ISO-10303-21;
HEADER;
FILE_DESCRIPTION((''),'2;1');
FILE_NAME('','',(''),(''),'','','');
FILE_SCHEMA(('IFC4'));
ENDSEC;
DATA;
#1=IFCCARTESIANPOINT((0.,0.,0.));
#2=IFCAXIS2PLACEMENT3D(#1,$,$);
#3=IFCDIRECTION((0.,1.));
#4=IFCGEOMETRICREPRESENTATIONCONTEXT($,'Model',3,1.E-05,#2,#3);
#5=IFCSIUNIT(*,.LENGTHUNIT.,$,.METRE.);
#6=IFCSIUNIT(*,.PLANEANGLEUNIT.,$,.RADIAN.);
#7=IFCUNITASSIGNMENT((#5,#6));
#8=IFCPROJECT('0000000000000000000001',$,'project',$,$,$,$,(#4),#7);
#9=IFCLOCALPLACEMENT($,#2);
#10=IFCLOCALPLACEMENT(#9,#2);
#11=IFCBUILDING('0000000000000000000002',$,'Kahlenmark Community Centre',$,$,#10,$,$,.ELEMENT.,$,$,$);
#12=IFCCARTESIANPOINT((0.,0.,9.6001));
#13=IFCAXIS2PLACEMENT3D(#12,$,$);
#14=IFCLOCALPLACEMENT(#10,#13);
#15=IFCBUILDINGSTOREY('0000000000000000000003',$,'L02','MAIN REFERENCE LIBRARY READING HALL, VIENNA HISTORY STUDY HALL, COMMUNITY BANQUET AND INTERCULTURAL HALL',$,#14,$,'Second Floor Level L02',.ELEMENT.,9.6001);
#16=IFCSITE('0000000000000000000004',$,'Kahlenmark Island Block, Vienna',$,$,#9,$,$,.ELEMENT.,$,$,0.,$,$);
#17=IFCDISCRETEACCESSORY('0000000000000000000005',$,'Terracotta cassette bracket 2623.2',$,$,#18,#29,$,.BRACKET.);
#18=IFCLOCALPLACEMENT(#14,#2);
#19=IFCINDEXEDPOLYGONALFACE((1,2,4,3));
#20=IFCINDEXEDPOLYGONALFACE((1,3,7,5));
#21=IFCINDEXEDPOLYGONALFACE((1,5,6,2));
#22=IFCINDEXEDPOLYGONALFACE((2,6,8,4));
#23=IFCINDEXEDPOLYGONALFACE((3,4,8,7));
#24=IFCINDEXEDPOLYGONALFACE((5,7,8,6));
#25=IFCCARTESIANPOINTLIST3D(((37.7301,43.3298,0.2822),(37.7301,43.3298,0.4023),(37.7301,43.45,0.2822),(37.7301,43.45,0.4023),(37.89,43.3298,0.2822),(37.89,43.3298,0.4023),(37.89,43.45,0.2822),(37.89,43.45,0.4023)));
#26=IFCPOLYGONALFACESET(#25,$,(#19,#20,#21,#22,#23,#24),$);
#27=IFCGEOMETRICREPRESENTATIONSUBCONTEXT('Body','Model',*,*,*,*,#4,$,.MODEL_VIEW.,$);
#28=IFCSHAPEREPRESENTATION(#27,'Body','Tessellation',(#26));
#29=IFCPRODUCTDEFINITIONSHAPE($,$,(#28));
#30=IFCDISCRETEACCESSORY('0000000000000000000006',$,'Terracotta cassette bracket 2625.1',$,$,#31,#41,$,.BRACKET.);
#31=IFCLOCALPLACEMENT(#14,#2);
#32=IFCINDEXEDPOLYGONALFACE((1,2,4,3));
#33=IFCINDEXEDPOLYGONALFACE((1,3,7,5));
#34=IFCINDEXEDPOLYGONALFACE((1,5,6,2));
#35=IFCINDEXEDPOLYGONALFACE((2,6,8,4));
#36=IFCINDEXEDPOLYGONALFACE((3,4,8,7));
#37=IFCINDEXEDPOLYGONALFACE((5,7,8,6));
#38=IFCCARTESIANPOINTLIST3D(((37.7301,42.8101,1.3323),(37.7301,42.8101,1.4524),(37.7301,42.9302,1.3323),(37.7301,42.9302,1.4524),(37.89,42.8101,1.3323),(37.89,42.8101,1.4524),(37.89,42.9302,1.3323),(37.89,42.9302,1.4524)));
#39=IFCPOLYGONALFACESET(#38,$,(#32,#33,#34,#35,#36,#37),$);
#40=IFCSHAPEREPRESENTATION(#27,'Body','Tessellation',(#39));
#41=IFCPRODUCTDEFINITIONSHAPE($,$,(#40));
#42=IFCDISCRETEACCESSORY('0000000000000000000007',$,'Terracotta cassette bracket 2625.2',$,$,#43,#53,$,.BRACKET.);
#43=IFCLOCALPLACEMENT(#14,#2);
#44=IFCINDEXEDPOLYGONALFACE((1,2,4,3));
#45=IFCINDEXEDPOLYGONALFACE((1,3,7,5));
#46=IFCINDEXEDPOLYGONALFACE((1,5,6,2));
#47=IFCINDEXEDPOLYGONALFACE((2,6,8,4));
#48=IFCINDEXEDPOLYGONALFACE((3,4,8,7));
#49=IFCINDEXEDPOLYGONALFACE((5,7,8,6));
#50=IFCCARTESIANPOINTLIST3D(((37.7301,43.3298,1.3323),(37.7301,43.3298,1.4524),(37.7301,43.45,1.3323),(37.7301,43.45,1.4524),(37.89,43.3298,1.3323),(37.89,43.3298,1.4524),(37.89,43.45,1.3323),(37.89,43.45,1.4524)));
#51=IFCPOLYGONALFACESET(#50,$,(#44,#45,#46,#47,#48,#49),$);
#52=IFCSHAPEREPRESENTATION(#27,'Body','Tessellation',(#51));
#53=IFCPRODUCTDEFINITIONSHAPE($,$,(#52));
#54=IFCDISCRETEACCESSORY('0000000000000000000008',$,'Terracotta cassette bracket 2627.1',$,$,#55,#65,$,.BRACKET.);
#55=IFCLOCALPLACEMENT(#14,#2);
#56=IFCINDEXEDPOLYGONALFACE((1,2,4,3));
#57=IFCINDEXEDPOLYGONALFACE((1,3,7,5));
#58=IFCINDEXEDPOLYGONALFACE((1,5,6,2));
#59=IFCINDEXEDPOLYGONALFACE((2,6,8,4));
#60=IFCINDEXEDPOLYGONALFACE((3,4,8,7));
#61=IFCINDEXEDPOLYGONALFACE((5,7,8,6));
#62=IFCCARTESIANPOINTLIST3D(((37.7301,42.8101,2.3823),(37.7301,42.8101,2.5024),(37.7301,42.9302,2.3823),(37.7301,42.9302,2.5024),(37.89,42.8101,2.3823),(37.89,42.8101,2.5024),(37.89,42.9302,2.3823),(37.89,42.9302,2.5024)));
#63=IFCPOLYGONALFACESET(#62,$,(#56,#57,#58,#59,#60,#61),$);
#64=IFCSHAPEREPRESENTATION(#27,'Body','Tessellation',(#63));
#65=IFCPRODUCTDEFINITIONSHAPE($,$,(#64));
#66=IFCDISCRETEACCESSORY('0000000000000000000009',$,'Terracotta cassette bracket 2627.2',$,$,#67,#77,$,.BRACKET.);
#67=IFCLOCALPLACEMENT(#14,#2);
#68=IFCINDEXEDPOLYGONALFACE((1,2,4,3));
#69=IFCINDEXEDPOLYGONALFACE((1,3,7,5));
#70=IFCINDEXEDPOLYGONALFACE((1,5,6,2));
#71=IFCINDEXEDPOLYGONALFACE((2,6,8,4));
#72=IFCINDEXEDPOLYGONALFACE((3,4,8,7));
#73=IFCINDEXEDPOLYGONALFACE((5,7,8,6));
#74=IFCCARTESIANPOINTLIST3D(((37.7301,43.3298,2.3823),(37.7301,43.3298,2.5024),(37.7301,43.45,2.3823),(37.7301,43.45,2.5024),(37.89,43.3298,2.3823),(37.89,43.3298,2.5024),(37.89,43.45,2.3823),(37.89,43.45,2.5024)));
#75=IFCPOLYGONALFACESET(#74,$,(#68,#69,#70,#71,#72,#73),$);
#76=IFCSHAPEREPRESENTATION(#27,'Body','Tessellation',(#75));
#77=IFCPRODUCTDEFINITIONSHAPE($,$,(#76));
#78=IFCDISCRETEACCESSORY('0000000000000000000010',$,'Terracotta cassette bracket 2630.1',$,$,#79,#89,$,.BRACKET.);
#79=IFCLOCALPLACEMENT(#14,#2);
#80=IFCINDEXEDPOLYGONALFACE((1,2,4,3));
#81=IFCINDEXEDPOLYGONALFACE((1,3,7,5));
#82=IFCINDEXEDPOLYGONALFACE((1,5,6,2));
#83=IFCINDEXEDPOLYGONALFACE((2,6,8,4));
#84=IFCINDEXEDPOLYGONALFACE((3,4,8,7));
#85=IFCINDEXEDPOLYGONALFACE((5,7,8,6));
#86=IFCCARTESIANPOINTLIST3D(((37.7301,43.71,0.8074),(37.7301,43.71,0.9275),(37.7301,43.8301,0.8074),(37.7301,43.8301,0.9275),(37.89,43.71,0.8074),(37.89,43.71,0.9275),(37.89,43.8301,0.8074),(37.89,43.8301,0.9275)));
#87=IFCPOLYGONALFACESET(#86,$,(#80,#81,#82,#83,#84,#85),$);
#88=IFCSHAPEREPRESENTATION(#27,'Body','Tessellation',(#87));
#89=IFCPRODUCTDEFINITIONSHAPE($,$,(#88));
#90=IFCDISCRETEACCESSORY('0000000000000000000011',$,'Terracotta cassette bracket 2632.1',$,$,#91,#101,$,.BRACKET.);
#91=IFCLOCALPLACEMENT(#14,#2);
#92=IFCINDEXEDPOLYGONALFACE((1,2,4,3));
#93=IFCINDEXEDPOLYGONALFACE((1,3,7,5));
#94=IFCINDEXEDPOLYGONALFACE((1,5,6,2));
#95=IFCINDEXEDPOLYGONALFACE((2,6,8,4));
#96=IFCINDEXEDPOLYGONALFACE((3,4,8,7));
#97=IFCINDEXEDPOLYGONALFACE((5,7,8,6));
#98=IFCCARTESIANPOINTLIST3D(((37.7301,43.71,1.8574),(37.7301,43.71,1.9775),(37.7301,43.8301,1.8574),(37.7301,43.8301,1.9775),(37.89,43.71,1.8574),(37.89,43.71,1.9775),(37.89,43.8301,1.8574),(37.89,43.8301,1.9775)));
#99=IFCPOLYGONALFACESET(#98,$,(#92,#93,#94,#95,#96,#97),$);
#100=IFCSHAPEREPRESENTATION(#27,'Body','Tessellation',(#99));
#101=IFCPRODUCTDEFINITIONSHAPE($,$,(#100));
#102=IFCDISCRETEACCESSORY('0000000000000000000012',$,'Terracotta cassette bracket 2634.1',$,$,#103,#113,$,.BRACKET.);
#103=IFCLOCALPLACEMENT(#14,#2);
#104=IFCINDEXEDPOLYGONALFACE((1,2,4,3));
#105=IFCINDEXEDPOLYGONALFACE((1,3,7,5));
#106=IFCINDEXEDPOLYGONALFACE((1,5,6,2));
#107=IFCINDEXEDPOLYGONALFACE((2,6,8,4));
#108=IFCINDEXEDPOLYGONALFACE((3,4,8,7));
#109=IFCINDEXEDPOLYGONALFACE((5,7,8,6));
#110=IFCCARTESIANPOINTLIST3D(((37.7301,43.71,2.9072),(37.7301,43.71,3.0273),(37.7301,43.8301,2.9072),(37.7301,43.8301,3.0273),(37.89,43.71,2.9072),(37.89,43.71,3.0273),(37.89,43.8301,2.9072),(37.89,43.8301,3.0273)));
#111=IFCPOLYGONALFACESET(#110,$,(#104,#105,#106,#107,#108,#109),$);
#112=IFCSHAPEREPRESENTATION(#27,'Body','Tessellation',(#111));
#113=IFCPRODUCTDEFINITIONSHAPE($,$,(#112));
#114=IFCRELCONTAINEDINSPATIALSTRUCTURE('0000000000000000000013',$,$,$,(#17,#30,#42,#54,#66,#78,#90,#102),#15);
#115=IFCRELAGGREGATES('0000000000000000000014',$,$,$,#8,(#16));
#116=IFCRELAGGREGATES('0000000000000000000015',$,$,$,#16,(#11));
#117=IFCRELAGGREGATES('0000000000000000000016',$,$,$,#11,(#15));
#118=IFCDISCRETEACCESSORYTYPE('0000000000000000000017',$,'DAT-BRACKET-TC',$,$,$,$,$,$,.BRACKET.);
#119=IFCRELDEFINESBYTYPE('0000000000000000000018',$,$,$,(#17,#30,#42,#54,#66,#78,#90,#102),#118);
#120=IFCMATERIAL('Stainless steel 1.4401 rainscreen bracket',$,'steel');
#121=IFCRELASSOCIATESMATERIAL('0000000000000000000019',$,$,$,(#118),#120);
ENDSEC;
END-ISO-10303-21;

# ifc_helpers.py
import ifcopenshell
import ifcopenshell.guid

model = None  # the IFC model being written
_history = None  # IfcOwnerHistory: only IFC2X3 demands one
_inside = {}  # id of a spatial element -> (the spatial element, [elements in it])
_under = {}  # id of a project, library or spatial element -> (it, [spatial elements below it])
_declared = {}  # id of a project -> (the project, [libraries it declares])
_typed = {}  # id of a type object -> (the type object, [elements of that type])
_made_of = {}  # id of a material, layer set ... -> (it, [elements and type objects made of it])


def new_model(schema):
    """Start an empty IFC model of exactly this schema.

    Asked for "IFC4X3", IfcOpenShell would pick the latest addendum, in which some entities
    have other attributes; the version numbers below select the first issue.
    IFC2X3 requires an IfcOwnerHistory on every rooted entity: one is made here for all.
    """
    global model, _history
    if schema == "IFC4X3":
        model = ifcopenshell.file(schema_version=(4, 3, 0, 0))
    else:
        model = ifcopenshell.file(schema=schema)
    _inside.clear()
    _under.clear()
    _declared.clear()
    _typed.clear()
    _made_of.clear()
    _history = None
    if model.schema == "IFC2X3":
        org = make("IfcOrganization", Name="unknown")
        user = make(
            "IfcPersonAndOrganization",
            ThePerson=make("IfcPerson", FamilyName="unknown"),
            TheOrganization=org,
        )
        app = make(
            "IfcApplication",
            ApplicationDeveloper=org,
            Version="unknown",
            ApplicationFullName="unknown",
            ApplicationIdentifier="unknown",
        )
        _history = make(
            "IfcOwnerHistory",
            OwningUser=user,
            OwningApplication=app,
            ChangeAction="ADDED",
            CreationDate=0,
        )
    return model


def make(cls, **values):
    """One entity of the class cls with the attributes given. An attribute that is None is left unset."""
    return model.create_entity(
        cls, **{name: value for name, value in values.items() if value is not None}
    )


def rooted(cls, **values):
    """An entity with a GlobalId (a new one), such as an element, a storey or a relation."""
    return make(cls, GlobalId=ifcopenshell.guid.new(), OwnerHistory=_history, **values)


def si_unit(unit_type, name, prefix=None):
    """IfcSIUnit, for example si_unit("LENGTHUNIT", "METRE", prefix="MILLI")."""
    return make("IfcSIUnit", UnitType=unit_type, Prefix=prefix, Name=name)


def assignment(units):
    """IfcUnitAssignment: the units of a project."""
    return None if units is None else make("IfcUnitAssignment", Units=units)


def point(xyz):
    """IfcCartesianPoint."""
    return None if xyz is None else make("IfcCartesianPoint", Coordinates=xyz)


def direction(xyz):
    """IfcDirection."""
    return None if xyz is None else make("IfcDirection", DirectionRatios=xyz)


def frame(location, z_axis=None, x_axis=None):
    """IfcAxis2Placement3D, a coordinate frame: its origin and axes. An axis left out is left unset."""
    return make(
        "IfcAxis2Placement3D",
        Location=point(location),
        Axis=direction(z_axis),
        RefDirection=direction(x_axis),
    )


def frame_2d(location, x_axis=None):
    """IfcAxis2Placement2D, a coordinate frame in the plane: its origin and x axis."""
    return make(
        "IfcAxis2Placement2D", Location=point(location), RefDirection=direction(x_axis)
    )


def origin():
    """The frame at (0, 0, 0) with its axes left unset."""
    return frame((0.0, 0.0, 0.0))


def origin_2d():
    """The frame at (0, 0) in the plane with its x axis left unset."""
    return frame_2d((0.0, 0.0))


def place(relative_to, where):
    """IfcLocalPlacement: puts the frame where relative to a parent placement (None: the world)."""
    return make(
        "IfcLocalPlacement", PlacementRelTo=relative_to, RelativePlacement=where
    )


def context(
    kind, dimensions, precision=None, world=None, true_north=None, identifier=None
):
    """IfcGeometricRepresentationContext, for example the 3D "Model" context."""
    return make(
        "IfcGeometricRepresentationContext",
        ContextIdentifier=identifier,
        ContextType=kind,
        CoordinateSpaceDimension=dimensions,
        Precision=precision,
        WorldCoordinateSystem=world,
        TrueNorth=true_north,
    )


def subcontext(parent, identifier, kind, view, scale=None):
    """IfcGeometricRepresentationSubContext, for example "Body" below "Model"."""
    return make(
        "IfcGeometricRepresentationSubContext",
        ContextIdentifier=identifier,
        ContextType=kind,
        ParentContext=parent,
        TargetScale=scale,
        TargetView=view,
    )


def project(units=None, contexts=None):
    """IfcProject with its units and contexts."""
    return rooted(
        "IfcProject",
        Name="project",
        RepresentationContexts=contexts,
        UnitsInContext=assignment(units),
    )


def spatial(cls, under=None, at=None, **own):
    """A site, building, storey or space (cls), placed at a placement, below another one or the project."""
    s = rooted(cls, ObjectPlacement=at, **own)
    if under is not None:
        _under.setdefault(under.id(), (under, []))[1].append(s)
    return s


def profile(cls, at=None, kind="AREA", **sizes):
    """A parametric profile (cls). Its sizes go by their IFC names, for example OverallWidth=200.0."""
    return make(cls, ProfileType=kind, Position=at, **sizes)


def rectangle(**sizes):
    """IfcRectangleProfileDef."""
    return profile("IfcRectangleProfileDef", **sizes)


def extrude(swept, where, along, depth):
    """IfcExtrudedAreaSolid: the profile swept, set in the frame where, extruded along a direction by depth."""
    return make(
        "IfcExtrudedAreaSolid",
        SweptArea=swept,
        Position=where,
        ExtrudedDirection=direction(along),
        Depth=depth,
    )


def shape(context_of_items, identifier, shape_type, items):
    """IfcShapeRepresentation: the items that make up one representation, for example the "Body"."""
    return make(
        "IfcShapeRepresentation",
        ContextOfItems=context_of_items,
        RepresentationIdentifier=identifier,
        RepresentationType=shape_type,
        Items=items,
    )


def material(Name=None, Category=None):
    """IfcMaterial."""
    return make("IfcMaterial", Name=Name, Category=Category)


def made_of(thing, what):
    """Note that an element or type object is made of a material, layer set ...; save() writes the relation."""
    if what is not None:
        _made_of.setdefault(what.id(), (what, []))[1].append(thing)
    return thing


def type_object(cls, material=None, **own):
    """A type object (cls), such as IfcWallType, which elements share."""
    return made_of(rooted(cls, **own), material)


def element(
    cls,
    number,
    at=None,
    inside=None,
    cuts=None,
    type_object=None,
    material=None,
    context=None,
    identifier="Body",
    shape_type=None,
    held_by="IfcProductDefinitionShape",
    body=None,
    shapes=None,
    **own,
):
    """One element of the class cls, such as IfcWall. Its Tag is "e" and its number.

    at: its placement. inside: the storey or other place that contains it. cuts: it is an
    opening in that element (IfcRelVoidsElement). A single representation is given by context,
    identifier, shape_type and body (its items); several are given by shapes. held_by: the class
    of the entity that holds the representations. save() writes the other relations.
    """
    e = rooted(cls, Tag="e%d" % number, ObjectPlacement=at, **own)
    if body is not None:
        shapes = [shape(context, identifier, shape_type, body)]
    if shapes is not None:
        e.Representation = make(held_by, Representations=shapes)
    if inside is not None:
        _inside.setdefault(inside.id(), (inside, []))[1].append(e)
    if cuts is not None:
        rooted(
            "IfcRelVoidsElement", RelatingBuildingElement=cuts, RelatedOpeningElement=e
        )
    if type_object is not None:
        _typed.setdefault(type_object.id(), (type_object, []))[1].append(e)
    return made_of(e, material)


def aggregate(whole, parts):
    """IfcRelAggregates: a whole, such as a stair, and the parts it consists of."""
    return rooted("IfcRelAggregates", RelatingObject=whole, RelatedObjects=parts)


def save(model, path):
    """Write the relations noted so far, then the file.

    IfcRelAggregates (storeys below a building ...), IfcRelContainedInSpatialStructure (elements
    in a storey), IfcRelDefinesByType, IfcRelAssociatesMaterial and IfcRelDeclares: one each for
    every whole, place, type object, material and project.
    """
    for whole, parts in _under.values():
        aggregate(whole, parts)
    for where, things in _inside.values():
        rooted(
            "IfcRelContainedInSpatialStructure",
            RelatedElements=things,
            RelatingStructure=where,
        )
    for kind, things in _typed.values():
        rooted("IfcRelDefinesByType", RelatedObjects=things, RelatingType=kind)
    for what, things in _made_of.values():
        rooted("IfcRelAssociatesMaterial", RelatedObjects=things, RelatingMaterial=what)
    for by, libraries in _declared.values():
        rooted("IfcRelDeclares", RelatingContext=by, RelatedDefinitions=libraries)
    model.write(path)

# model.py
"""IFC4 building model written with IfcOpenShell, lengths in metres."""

from ifc_helpers import new_model, si_unit, direction, frame, origin, origin_2d, place, context, subcontext, project, spatial, rectangle, extrude, material, type_object, element, save


model = new_model("IFC4")

# Units and contexts
model_context = context("Model", 3, precision=1e-05, world=origin(), true_north=direction((0.0, 1.0)))
body_context = subcontext(model_context, "Body", "Model", "MODEL_VIEW")
ifc_project = project(units=[si_unit("LENGTHUNIT", "METRE"), si_unit("PLANEANGLEUNIT", "RADIAN")], contexts=[model_context])

# Site, building, storey
site_placement = place(None, origin())
site = spatial("IfcSite", under=ifc_project, at=site_placement, Name="Kahlenmark Island Block, Vienna", CompositionType="ELEMENT", RefElevation=0.0)
building_placement = place(site_placement, origin())
building = spatial("IfcBuilding", under=site, at=building_placement, Name="Kahlenmark Community Centre", CompositionType="ELEMENT")
storey_placement = place(building_placement, frame((0.0, 0.0, 9.6001)))
storey = spatial("IfcBuildingStorey", under=building, at=storey_placement, Name="L02", Description="MAIN REFERENCE LIBRARY READING HALL, VIENNA HISTORY STUDY HALL, COMMUNITY BANQUET AND INTERCULTURAL HALL", LongName="Second Floor Level L02", CompositionType="ELEMENT", Elevation=9.6001)

# Discrete accessories
ifc_material_1 = material(Name="Stainless steel 1.4401 rainscreen bracket", Category="steel")
discrete_accessory_type = type_object("IfcDiscreteAccessoryType", Name="DAT-BRACKET-TC", PredefinedType="BRACKET", material=ifc_material_1)
for number, where, z_axis, x_axis, name in (
    (1, (37.8101, 43.3899, 0.2822), (0.0, 0.0, 1.0), (0.0, 1.0, 0.0), "Terracotta cassette bracket 2623.2"),
    (2, (37.8101, 42.8701, 1.3323), (0.0, 0.0, 1.0), (0.0, 1.0, 0.0), "Terracotta cassette bracket 2625.1"),
    (3, (37.8101, 43.3899, 1.3323), (0.0, 0.0, 1.0), (0.0, 1.0, 0.0), "Terracotta cassette bracket 2625.2"),
    (4, (37.8101, 42.8701, 2.3823), (0.0, 0.0, 1.0), (0.0, 1.0, 0.0), "Terracotta cassette bracket 2627.1"),
    (5, (37.8101, 43.3899, 2.3823), (0.0, 0.0, 1.0), (0.0, 1.0, 0.0), "Terracotta cassette bracket 2627.2"),
    (6, (37.8101, 43.77, 0.8074), (0.0, 0.0, 1.0), (0.0, 1.0, 0.0), "Terracotta cassette bracket 2630.1"),
    (7, (37.8101, 43.77, 1.8574), (0.0, 0.0, 1.0), (0.0, 1.0, 0.0), "Terracotta cassette bracket 2632.1"),
    (8, (37.8101, 43.77, 2.9072), (0.0, 0.0, 1.0), (0.0, 1.0, 0.0), "Terracotta cassette bracket 2634.1"),
):
    element("IfcDiscreteAccessory", number, at=place(storey_placement, frame(where, z_axis=z_axis, x_axis=x_axis)), inside=storey, type_object=discrete_accessory_type, Name=name, PredefinedType="BRACKET", context=body_context, shape_type="SweptSolid", body=[
        extrude(rectangle(XDim=0.1201, YDim=0.1599, at=origin_2d()), origin(), (0.0, 0.0, 1.0), 0.1201),
    ])

save(model, "model.ifc")
